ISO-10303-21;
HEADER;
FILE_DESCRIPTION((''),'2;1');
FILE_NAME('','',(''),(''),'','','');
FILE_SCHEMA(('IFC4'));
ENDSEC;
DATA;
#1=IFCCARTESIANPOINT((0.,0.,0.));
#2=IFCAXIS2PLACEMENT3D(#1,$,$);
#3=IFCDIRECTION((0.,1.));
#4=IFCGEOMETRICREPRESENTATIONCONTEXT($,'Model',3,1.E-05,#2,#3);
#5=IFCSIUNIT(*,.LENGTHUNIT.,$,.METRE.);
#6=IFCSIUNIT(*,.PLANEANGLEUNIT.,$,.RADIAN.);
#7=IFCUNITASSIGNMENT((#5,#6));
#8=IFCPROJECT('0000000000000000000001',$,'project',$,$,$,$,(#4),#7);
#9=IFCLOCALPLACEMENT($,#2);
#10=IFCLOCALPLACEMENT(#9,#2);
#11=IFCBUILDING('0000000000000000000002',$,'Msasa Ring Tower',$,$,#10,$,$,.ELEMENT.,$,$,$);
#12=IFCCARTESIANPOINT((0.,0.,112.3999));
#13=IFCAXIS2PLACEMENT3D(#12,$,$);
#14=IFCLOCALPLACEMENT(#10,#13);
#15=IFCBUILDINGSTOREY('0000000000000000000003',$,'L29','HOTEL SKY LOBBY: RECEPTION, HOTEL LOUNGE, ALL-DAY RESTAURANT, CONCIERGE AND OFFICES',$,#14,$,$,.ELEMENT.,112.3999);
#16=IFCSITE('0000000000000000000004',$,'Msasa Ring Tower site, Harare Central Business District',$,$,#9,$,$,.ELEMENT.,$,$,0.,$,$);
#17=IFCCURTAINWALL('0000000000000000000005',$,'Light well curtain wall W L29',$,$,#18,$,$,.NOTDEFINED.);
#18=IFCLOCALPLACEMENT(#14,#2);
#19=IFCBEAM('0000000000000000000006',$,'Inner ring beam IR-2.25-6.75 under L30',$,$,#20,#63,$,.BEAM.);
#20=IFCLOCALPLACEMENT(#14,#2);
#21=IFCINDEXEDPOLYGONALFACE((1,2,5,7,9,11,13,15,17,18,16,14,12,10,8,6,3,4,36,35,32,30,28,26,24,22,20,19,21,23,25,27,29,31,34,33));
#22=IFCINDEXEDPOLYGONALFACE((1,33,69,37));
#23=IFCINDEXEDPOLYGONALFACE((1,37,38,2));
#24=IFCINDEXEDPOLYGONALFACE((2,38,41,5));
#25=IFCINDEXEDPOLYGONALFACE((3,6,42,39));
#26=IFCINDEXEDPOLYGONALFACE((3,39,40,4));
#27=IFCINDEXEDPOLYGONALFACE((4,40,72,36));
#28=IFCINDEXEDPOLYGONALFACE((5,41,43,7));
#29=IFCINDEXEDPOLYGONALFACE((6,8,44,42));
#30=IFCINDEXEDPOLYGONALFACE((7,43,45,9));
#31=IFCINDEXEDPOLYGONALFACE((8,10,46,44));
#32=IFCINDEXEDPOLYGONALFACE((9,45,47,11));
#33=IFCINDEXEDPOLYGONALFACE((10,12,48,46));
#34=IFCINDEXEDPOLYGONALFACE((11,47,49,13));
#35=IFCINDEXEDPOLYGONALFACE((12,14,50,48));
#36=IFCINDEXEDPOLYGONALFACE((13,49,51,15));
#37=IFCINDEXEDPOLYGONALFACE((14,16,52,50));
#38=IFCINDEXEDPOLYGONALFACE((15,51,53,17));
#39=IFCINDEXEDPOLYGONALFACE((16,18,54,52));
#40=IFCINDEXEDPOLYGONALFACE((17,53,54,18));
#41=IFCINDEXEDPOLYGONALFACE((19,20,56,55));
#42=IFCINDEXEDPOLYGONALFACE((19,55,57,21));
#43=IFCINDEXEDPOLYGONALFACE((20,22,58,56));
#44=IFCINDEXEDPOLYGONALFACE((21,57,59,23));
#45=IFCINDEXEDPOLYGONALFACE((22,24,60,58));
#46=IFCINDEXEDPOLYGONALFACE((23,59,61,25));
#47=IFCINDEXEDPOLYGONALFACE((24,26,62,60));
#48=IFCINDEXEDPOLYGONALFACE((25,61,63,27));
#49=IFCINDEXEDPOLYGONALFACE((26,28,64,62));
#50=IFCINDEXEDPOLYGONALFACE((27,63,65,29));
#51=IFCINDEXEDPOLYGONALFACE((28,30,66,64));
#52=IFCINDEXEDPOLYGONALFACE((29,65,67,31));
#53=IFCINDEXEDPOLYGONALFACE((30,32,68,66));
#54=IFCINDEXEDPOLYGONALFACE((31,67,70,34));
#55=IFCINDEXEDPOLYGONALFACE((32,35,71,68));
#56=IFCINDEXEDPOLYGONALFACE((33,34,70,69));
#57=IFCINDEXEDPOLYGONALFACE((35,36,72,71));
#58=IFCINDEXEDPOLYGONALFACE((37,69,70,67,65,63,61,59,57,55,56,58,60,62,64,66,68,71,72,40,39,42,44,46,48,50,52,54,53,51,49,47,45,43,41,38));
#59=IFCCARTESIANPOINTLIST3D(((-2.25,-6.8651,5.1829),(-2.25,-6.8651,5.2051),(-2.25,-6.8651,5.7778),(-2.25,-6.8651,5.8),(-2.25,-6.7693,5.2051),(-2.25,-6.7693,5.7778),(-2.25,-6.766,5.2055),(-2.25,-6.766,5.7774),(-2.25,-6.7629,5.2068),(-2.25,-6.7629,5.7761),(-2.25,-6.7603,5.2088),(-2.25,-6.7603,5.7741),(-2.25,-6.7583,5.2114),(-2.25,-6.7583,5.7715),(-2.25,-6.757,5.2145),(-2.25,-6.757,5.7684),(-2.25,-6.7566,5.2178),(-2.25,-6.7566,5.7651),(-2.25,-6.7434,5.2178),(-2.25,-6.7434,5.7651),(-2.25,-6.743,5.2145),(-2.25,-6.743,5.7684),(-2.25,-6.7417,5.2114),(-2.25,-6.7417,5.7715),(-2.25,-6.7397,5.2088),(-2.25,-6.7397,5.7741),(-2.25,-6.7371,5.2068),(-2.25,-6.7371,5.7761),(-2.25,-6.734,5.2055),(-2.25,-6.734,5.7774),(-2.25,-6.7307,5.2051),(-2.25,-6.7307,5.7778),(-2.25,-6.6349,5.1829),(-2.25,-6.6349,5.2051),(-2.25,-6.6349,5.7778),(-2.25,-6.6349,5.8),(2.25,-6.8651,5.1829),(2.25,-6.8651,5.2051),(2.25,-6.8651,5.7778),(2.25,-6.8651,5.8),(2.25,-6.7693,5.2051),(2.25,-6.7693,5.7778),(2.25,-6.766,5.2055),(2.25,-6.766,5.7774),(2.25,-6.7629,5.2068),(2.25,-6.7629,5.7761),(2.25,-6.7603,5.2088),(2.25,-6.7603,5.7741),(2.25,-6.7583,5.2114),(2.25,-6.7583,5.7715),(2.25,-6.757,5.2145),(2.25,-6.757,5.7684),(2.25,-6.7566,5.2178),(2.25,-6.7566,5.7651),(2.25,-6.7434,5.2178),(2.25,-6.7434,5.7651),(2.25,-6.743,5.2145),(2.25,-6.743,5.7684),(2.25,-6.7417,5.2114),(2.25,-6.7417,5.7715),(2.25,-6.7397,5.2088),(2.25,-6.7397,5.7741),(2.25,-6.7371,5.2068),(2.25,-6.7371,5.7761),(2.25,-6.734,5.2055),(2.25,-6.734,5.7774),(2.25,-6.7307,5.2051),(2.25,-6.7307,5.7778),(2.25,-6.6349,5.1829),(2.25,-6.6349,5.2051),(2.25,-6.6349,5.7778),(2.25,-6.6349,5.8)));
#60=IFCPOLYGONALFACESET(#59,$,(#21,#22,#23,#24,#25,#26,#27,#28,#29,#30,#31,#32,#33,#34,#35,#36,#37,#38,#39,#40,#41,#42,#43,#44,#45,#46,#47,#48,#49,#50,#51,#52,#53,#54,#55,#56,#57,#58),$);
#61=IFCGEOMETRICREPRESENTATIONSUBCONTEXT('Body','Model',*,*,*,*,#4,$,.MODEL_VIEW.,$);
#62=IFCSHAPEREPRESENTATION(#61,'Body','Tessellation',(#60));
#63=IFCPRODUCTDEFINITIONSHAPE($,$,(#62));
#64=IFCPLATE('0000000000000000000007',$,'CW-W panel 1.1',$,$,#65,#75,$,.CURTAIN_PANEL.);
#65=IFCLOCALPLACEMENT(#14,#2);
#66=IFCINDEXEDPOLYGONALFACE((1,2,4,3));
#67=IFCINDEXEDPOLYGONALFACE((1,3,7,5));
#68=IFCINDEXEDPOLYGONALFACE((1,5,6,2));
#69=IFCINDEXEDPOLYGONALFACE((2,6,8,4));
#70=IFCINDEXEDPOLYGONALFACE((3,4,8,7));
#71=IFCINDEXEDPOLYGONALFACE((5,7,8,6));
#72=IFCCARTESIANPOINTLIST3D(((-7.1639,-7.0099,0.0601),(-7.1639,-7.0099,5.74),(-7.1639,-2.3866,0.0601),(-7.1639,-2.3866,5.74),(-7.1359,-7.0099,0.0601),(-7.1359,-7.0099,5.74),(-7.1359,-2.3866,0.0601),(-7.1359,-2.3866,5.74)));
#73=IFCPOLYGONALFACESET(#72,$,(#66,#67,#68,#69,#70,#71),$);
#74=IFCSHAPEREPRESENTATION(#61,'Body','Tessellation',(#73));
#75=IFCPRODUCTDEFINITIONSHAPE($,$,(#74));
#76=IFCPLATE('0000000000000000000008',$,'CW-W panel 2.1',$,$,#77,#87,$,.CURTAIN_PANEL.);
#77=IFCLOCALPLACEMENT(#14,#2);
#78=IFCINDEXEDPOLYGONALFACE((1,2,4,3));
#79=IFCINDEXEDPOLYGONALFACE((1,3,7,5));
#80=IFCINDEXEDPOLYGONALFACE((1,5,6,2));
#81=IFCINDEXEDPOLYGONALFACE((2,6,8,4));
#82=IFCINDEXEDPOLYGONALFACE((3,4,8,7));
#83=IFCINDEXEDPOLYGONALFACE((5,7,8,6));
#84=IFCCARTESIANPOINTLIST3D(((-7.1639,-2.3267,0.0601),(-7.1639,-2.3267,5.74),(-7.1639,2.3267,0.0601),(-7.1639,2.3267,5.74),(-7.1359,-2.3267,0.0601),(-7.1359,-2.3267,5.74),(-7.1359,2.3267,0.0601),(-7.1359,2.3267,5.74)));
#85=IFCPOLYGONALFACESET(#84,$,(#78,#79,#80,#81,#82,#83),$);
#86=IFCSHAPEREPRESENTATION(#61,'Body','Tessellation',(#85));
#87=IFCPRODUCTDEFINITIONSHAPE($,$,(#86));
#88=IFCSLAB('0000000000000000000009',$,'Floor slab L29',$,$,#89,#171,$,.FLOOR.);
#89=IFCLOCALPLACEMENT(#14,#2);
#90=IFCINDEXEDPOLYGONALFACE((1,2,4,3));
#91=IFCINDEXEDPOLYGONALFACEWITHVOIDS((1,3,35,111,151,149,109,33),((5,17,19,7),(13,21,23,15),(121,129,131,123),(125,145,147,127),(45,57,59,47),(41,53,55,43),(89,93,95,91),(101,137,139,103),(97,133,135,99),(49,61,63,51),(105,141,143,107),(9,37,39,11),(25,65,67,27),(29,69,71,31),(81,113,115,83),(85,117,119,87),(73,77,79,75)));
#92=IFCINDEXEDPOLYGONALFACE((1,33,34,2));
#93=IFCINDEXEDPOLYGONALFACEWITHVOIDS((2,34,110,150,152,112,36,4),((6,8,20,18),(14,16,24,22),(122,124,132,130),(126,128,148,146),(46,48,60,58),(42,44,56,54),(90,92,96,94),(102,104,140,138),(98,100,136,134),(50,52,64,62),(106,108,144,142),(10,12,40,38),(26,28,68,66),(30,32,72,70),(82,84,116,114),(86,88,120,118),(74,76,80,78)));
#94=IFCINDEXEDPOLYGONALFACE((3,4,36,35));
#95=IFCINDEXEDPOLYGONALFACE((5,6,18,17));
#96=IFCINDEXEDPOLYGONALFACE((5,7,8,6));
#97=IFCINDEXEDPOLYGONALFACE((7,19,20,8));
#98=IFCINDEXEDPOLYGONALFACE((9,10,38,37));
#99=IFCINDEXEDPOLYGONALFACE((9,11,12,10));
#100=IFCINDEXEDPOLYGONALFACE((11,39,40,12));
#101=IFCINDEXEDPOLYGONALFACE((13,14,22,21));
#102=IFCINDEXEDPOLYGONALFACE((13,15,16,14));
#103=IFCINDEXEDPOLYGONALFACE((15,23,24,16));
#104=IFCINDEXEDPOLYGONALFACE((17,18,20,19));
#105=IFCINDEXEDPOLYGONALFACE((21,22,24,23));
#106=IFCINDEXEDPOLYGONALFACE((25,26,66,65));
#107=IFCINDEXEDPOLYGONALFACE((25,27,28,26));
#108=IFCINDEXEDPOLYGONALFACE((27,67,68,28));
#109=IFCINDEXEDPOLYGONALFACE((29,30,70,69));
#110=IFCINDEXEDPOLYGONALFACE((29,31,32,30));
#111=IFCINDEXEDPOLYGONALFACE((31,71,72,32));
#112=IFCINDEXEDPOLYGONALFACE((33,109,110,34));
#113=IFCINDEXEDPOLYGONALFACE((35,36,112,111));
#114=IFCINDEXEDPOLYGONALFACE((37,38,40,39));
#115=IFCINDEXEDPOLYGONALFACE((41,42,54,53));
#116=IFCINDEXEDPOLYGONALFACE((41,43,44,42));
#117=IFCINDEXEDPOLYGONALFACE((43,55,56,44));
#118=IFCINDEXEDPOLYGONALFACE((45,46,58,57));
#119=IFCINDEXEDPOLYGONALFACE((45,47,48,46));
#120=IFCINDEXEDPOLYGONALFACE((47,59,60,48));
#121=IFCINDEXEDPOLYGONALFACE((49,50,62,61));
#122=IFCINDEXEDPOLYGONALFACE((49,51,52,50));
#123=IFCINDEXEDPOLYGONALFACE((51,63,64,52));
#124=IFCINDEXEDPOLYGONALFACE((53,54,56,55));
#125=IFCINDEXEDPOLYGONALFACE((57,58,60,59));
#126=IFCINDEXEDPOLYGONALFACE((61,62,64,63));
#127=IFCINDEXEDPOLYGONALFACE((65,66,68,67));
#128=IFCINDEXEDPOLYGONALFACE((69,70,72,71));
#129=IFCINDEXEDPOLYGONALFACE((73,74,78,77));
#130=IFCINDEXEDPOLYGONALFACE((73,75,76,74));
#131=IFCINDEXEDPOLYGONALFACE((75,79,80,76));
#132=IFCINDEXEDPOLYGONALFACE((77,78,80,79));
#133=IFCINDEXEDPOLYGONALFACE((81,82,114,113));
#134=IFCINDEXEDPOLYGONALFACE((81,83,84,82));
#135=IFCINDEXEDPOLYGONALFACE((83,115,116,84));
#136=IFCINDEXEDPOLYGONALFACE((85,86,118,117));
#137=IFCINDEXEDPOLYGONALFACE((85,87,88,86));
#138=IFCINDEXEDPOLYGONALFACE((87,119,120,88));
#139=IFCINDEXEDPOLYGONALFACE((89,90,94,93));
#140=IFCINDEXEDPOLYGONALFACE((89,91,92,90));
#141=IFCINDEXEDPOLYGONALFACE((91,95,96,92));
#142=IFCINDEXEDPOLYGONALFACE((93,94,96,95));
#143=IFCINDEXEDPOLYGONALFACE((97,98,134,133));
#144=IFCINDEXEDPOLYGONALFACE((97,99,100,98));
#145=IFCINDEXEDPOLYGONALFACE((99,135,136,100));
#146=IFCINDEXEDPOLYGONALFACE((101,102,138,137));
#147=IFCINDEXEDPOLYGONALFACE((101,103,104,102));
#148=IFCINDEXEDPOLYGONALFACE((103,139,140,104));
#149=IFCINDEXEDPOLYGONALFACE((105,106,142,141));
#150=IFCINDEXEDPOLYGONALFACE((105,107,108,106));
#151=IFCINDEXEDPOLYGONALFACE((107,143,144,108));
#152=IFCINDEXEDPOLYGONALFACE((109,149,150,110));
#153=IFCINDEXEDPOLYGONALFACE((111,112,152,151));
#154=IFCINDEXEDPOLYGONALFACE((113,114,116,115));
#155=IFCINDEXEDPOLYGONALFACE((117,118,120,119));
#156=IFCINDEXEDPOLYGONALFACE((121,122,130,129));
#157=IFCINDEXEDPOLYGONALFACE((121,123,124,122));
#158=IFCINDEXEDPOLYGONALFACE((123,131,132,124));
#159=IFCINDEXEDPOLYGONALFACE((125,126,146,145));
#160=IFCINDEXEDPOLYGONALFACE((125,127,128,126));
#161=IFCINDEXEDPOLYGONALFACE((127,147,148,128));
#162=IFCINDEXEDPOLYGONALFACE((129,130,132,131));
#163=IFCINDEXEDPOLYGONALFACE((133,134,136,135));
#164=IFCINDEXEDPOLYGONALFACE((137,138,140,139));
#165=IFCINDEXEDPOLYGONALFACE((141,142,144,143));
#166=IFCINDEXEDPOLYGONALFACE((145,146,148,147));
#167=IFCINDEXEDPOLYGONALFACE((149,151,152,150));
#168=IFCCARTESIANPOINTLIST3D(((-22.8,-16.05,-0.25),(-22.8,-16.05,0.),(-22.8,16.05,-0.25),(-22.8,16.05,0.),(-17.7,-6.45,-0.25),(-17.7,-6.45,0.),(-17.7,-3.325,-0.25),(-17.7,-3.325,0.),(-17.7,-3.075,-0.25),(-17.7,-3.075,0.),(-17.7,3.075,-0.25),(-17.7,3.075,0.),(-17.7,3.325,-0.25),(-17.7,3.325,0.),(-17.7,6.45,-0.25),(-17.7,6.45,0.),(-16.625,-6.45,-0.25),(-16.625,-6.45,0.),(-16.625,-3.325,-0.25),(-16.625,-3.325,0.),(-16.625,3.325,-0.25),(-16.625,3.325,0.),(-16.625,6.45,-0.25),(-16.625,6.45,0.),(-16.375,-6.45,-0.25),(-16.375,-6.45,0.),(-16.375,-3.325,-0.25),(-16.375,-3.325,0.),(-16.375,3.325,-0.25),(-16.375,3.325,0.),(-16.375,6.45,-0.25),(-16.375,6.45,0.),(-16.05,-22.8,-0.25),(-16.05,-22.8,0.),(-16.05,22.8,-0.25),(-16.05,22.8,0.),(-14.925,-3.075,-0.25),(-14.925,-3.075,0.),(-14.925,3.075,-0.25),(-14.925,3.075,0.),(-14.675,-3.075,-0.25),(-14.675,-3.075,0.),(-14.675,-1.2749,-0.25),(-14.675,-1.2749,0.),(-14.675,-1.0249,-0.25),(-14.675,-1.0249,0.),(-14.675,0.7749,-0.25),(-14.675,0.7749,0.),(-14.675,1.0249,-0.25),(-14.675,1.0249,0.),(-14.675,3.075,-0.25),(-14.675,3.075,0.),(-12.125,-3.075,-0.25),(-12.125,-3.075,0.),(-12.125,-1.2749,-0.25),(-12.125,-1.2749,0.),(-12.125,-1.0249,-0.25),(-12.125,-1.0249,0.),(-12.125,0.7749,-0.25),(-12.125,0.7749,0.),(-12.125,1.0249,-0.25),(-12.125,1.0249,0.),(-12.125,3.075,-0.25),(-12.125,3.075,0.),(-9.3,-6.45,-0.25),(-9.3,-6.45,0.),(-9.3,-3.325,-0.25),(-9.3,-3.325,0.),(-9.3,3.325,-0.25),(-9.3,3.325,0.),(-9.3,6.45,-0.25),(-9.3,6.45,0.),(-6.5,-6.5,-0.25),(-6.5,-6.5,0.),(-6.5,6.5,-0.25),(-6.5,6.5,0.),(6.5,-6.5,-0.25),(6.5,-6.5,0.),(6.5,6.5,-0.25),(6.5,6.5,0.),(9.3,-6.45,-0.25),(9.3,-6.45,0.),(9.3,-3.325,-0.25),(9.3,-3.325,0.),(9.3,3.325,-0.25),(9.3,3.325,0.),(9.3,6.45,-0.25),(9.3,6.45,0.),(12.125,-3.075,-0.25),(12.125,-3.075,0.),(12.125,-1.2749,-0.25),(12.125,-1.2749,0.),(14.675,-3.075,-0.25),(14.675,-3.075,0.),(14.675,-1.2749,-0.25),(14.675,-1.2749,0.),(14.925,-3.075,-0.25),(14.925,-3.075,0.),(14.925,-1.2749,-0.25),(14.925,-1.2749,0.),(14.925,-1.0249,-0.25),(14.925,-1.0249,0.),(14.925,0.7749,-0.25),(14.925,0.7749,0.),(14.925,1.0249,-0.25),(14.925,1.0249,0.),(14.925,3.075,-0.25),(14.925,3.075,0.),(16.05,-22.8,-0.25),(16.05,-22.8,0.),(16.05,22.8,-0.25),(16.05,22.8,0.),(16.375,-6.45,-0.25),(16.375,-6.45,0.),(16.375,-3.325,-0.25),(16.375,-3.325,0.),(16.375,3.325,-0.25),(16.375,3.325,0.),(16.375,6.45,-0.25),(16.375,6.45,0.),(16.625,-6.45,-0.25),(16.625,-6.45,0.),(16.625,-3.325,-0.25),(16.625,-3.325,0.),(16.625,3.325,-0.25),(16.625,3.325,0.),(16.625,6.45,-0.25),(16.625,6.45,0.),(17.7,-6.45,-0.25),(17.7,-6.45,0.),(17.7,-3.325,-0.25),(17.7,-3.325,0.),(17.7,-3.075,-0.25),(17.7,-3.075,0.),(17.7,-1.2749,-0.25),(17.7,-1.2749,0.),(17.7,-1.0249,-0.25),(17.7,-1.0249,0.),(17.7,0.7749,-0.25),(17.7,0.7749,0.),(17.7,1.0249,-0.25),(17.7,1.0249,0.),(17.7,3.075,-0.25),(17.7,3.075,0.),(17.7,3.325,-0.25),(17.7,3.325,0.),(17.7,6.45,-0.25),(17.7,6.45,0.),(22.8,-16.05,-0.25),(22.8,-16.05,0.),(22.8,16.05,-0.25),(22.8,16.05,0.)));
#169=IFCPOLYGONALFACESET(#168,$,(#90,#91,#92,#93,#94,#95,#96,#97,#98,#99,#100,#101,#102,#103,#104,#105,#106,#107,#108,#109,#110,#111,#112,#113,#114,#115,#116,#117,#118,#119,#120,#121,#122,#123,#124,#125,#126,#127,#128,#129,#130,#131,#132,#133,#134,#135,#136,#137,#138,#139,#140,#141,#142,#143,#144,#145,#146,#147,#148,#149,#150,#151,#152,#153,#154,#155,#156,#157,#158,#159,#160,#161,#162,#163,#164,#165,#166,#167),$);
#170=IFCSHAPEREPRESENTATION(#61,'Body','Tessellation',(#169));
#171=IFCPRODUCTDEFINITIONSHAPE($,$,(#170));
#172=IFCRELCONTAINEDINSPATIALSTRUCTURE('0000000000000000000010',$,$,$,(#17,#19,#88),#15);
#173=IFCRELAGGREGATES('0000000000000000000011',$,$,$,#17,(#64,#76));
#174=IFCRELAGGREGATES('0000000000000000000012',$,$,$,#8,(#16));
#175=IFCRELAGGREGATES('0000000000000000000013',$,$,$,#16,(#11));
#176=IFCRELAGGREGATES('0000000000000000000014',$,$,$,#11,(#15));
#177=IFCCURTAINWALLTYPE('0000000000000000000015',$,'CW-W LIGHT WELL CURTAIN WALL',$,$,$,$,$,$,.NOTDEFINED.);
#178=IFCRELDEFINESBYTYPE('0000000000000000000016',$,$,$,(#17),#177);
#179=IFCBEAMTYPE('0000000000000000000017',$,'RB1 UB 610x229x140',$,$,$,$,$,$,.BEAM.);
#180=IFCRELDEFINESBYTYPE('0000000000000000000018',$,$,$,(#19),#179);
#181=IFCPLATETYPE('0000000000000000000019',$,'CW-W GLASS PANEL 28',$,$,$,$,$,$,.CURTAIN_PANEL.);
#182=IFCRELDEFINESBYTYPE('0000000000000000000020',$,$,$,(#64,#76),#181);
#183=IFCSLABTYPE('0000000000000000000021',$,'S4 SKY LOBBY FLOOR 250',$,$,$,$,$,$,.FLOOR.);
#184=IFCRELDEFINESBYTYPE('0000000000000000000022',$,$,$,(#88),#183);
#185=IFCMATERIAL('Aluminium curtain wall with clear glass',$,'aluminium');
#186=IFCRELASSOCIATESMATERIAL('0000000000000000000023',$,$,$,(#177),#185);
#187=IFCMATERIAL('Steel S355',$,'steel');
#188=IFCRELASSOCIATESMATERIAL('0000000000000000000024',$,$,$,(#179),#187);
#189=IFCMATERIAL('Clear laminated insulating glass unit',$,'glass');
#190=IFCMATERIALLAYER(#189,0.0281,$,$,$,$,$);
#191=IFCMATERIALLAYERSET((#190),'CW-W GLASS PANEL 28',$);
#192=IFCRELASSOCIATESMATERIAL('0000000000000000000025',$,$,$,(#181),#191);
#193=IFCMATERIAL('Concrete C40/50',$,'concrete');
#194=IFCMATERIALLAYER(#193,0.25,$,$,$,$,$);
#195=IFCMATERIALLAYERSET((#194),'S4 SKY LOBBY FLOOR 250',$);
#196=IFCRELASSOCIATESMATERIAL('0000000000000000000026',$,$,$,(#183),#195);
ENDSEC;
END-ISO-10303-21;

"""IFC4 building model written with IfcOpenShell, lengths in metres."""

from ifc_helpers import new_model, si_unit, direction, frame, origin, origin_2d, place, context, subcontext, project, spatial, polyline, rectangle, i_section, outline, extrude, material, layer, layer_set, material_profile, profile_set, type_object, element, aggregate, save


model = new_model("IFC4")

# Units and contexts
model_context = context("Model", 3, precision=1e-05, world=origin(), true_north=direction((0.0, 1.0)))
body_context = subcontext(model_context, "Body", "Model", "MODEL_VIEW")
ifc_project = project(units=[si_unit("LENGTHUNIT", "METRE"), si_unit("PLANEANGLEUNIT", "RADIAN")], contexts=[model_context])

# Site, building, storey
site_placement = place(None, origin())
site = spatial("IfcSite", under=ifc_project, at=site_placement, Name="Msasa Ring Tower site, Harare Central Business District", CompositionType="ELEMENT", RefElevation=0.0)
building_placement = place(site_placement, origin())
building = spatial("IfcBuilding", under=site, at=building_placement, Name="Msasa Ring Tower", CompositionType="ELEMENT")
storey_placement = place(building_placement, frame((0.0, 0.0, 112.3999)))
storey = spatial("IfcBuildingStorey", under=building, at=storey_placement, Name="L29", Description="HOTEL SKY LOBBY: RECEPTION, HOTEL LOUNGE, ALL-DAY RESTAURANT, CONCIERGE AND OFFICES", CompositionType="ELEMENT", Elevation=112.3999)

# Curtain wall
ifc_material_1 = material(Name="Aluminium curtain wall with clear glass", Category="aluminium")
curtain_wall_type = type_object("IfcCurtainWallType", Name="CW-W LIGHT WELL CURTAIN WALL", PredefinedType="NOTDEFINED", material=ifc_material_1)
curtain_wall_placement = place(storey_placement, origin())
curtain_wall = element("IfcCurtainWall", 1, at=curtain_wall_placement, inside=storey, type_object=curtain_wall_type, Name="Light well curtain wall W L29", PredefinedType="NOTDEFINED")

# Beam
ifc_material_2 = material(Name="Steel S355", Category="steel")
ifc_material_profile_1 = material_profile(ifc_material_2, i_section(OverallWidth=0.2302, OverallDepth=0.6172, WebThickness=0.0132, FlangeThickness=0.0222, FilletRadius=0.0127, at=origin_2d()), Name="UB 610x229x140")
ifc_profile_set_1 = profile_set([ifc_material_profile_1], Name="Steel S355")
beam_type = type_object("IfcBeamType", Name="RB1 UB 610x229x140", PredefinedType="BEAM", material=ifc_profile_set_1)
for number, where, z_axis, x_axis, name in (
    (2, (-2.25, -6.75, 5.4915), (1.0, 0.0, 0.0), (0.0, 1.0, 0.0), "Inner ring beam IR-2.25-6.75 under L30"),
):
    element("IfcBeam", number, at=place(storey_placement, frame(where, z_axis=z_axis, x_axis=x_axis)), inside=storey, type_object=beam_type, Name=name, PredefinedType="BEAM", context=body_context, shape_type="SweptSolid", body=[
        extrude(i_section(OverallWidth=0.2302, OverallDepth=0.6172, WebThickness=0.0132, FlangeThickness=0.0222, FilletRadius=0.0127, at=origin_2d()), origin(), (0.0, 0.0, 1.0), 4.5),
    ])

# Plates
ifc_material_3 = material(Name="Clear laminated insulating glass unit", Category="glass")
ifc_layer_1 = layer(ifc_material_3, 0.0281)
ifc_layer_set_1 = layer_set([ifc_layer_1], Name="CW-W GLASS PANEL 28")
plate_type = type_object("IfcPlateType", Name="CW-W GLASS PANEL 28", PredefinedType="CURTAIN_PANEL", material=ifc_layer_set_1)
plate_1_placement = place(storey_placement, frame((-7.1499, -4.6982, 0.0601), z_axis=(0.0, 0.0, 1.0), x_axis=(0.0, 1.0, 0.0)))
plate_1 = element("IfcPlate", 3, at=plate_1_placement, type_object=plate_type, Name="CW-W panel 1.1", PredefinedType="CURTAIN_PANEL", context=body_context, shape_type="SweptSolid", body=[
    extrude(rectangle(XDim=4.6233, YDim=0.0281, at=origin_2d()), origin(), (0.0, 0.0, 1.0), 5.6799),
])
plate_2_placement = place(storey_placement, frame((-7.1499, 0.0, 0.0601), z_axis=(0.0, 0.0, 1.0), x_axis=(0.0, 1.0, 0.0)))
plate_2 = element("IfcPlate", 4, at=plate_2_placement, type_object=plate_type, Name="CW-W panel 2.1", PredefinedType="CURTAIN_PANEL", context=body_context, shape_type="SweptSolid", body=[
    extrude(rectangle(XDim=4.6533, YDim=0.0281, at=origin_2d()), origin(), (0.0, 0.0, 1.0), 5.6799),
])
aggregate(curtain_wall, [plate_1, plate_2])

# Slab
ifc_material_4 = material(Name="Concrete C40/50", Category="concrete")
ifc_layer_2 = layer(ifc_material_4, 0.25)
ifc_layer_set_2 = layer_set([ifc_layer_2], Name="S4 SKY LOBBY FLOOR 250")
slab_type = type_object("IfcSlabType", Name="S4 SKY LOBBY FLOOR 250", PredefinedType="FLOOR", material=ifc_layer_set_2)
slab_placement = place(storey_placement, frame((0.0, 0.0, -0.25)))
element("IfcSlab", 5, at=slab_placement, inside=storey, type_object=slab_type, Name="Floor slab L29", PredefinedType="FLOOR", context=body_context, shape_type="SweptSolid", body=[
    extrude(outline(polyline([(-16.05, -22.8), (16.05, -22.8), (22.8, -16.05), (22.8, 16.05), (16.05, 22.8), (-16.05, 22.8), (-22.8, 16.05), (-22.8, -16.05), (-16.05, -22.8)]), holes=[polyline([(-6.5, -6.5), (6.5, -6.5), (6.5, 6.5), (-6.5, 6.5), (-6.5, -6.5)]), polyline([(9.3, -6.45), (16.375, -6.45), (16.375, -3.325), (9.3, -3.325), (9.3, -6.45)]), polyline([(9.3, 3.325), (16.375, 3.325), (16.375, 6.45), (9.3, 6.45), (9.3, 3.325)]), polyline([(12.125, -3.075), (14.675, -3.075), (14.675, -1.2749), (12.125, -1.2749), (12.125, -3.075)]), polyline([(16.625, -6.45), (17.7, -6.45), (17.7, -3.325), (16.625, -3.325), (16.625, -6.45)]), polyline([(16.625, 3.325), (17.7, 3.325), (17.7, 6.45), (16.625, 6.45), (16.625, 3.325)]), polyline([(14.925, -3.075), (17.7, -3.075), (17.7, -1.2749), (14.925, -1.2749), (14.925, -3.075)]), polyline([(14.925, -1.0249), (17.7, -1.0249), (17.7, 0.7749), (14.925, 0.7749), (14.925, -1.0249)]), polyline([(14.925, 1.0249), (17.7, 1.0249), (17.7, 3.075), (14.925, 3.075), (14.925, 1.0249)]), polyline([(-16.375, -6.45), (-9.3, -6.45), (-9.3, -3.325), (-16.375, -3.325), (-16.375, -6.45)]), polyline([(-16.375, 3.325), (-9.3, 3.325), (-9.3, 6.45), (-16.375, 6.45), (-16.375, 3.325)]), polyline([(-14.675, -3.075), (-12.125, -3.075), (-12.125, -1.2749), (-14.675, -1.2749), (-14.675, -3.075)]), polyline([(-14.675, -1.0249), (-12.125, -1.0249), (-12.125, 0.7749), (-14.675, 0.7749), (-14.675, -1.0249)]), polyline([(-14.675, 1.0249), (-12.125, 1.0249), (-12.125, 3.075), (-14.675, 3.075), (-14.675, 1.0249)]), polyline([(-17.7, -6.45), (-16.625, -6.45), (-16.625, -3.325), (-17.7, -3.325), (-17.7, -6.45)]), polyline([(-17.7, 3.325), (-16.625, 3.325), (-16.625, 6.45), (-17.7, 6.45), (-17.7, 3.325)]), polyline([(-17.7, -3.075), (-14.925, -3.075), (-14.925, 3.075), (-17.7, 3.075), (-17.7, -3.075)])]), origin(), (0.0, 0.0, 1.0), 0.25),
])

save(model, "model.ifc")
